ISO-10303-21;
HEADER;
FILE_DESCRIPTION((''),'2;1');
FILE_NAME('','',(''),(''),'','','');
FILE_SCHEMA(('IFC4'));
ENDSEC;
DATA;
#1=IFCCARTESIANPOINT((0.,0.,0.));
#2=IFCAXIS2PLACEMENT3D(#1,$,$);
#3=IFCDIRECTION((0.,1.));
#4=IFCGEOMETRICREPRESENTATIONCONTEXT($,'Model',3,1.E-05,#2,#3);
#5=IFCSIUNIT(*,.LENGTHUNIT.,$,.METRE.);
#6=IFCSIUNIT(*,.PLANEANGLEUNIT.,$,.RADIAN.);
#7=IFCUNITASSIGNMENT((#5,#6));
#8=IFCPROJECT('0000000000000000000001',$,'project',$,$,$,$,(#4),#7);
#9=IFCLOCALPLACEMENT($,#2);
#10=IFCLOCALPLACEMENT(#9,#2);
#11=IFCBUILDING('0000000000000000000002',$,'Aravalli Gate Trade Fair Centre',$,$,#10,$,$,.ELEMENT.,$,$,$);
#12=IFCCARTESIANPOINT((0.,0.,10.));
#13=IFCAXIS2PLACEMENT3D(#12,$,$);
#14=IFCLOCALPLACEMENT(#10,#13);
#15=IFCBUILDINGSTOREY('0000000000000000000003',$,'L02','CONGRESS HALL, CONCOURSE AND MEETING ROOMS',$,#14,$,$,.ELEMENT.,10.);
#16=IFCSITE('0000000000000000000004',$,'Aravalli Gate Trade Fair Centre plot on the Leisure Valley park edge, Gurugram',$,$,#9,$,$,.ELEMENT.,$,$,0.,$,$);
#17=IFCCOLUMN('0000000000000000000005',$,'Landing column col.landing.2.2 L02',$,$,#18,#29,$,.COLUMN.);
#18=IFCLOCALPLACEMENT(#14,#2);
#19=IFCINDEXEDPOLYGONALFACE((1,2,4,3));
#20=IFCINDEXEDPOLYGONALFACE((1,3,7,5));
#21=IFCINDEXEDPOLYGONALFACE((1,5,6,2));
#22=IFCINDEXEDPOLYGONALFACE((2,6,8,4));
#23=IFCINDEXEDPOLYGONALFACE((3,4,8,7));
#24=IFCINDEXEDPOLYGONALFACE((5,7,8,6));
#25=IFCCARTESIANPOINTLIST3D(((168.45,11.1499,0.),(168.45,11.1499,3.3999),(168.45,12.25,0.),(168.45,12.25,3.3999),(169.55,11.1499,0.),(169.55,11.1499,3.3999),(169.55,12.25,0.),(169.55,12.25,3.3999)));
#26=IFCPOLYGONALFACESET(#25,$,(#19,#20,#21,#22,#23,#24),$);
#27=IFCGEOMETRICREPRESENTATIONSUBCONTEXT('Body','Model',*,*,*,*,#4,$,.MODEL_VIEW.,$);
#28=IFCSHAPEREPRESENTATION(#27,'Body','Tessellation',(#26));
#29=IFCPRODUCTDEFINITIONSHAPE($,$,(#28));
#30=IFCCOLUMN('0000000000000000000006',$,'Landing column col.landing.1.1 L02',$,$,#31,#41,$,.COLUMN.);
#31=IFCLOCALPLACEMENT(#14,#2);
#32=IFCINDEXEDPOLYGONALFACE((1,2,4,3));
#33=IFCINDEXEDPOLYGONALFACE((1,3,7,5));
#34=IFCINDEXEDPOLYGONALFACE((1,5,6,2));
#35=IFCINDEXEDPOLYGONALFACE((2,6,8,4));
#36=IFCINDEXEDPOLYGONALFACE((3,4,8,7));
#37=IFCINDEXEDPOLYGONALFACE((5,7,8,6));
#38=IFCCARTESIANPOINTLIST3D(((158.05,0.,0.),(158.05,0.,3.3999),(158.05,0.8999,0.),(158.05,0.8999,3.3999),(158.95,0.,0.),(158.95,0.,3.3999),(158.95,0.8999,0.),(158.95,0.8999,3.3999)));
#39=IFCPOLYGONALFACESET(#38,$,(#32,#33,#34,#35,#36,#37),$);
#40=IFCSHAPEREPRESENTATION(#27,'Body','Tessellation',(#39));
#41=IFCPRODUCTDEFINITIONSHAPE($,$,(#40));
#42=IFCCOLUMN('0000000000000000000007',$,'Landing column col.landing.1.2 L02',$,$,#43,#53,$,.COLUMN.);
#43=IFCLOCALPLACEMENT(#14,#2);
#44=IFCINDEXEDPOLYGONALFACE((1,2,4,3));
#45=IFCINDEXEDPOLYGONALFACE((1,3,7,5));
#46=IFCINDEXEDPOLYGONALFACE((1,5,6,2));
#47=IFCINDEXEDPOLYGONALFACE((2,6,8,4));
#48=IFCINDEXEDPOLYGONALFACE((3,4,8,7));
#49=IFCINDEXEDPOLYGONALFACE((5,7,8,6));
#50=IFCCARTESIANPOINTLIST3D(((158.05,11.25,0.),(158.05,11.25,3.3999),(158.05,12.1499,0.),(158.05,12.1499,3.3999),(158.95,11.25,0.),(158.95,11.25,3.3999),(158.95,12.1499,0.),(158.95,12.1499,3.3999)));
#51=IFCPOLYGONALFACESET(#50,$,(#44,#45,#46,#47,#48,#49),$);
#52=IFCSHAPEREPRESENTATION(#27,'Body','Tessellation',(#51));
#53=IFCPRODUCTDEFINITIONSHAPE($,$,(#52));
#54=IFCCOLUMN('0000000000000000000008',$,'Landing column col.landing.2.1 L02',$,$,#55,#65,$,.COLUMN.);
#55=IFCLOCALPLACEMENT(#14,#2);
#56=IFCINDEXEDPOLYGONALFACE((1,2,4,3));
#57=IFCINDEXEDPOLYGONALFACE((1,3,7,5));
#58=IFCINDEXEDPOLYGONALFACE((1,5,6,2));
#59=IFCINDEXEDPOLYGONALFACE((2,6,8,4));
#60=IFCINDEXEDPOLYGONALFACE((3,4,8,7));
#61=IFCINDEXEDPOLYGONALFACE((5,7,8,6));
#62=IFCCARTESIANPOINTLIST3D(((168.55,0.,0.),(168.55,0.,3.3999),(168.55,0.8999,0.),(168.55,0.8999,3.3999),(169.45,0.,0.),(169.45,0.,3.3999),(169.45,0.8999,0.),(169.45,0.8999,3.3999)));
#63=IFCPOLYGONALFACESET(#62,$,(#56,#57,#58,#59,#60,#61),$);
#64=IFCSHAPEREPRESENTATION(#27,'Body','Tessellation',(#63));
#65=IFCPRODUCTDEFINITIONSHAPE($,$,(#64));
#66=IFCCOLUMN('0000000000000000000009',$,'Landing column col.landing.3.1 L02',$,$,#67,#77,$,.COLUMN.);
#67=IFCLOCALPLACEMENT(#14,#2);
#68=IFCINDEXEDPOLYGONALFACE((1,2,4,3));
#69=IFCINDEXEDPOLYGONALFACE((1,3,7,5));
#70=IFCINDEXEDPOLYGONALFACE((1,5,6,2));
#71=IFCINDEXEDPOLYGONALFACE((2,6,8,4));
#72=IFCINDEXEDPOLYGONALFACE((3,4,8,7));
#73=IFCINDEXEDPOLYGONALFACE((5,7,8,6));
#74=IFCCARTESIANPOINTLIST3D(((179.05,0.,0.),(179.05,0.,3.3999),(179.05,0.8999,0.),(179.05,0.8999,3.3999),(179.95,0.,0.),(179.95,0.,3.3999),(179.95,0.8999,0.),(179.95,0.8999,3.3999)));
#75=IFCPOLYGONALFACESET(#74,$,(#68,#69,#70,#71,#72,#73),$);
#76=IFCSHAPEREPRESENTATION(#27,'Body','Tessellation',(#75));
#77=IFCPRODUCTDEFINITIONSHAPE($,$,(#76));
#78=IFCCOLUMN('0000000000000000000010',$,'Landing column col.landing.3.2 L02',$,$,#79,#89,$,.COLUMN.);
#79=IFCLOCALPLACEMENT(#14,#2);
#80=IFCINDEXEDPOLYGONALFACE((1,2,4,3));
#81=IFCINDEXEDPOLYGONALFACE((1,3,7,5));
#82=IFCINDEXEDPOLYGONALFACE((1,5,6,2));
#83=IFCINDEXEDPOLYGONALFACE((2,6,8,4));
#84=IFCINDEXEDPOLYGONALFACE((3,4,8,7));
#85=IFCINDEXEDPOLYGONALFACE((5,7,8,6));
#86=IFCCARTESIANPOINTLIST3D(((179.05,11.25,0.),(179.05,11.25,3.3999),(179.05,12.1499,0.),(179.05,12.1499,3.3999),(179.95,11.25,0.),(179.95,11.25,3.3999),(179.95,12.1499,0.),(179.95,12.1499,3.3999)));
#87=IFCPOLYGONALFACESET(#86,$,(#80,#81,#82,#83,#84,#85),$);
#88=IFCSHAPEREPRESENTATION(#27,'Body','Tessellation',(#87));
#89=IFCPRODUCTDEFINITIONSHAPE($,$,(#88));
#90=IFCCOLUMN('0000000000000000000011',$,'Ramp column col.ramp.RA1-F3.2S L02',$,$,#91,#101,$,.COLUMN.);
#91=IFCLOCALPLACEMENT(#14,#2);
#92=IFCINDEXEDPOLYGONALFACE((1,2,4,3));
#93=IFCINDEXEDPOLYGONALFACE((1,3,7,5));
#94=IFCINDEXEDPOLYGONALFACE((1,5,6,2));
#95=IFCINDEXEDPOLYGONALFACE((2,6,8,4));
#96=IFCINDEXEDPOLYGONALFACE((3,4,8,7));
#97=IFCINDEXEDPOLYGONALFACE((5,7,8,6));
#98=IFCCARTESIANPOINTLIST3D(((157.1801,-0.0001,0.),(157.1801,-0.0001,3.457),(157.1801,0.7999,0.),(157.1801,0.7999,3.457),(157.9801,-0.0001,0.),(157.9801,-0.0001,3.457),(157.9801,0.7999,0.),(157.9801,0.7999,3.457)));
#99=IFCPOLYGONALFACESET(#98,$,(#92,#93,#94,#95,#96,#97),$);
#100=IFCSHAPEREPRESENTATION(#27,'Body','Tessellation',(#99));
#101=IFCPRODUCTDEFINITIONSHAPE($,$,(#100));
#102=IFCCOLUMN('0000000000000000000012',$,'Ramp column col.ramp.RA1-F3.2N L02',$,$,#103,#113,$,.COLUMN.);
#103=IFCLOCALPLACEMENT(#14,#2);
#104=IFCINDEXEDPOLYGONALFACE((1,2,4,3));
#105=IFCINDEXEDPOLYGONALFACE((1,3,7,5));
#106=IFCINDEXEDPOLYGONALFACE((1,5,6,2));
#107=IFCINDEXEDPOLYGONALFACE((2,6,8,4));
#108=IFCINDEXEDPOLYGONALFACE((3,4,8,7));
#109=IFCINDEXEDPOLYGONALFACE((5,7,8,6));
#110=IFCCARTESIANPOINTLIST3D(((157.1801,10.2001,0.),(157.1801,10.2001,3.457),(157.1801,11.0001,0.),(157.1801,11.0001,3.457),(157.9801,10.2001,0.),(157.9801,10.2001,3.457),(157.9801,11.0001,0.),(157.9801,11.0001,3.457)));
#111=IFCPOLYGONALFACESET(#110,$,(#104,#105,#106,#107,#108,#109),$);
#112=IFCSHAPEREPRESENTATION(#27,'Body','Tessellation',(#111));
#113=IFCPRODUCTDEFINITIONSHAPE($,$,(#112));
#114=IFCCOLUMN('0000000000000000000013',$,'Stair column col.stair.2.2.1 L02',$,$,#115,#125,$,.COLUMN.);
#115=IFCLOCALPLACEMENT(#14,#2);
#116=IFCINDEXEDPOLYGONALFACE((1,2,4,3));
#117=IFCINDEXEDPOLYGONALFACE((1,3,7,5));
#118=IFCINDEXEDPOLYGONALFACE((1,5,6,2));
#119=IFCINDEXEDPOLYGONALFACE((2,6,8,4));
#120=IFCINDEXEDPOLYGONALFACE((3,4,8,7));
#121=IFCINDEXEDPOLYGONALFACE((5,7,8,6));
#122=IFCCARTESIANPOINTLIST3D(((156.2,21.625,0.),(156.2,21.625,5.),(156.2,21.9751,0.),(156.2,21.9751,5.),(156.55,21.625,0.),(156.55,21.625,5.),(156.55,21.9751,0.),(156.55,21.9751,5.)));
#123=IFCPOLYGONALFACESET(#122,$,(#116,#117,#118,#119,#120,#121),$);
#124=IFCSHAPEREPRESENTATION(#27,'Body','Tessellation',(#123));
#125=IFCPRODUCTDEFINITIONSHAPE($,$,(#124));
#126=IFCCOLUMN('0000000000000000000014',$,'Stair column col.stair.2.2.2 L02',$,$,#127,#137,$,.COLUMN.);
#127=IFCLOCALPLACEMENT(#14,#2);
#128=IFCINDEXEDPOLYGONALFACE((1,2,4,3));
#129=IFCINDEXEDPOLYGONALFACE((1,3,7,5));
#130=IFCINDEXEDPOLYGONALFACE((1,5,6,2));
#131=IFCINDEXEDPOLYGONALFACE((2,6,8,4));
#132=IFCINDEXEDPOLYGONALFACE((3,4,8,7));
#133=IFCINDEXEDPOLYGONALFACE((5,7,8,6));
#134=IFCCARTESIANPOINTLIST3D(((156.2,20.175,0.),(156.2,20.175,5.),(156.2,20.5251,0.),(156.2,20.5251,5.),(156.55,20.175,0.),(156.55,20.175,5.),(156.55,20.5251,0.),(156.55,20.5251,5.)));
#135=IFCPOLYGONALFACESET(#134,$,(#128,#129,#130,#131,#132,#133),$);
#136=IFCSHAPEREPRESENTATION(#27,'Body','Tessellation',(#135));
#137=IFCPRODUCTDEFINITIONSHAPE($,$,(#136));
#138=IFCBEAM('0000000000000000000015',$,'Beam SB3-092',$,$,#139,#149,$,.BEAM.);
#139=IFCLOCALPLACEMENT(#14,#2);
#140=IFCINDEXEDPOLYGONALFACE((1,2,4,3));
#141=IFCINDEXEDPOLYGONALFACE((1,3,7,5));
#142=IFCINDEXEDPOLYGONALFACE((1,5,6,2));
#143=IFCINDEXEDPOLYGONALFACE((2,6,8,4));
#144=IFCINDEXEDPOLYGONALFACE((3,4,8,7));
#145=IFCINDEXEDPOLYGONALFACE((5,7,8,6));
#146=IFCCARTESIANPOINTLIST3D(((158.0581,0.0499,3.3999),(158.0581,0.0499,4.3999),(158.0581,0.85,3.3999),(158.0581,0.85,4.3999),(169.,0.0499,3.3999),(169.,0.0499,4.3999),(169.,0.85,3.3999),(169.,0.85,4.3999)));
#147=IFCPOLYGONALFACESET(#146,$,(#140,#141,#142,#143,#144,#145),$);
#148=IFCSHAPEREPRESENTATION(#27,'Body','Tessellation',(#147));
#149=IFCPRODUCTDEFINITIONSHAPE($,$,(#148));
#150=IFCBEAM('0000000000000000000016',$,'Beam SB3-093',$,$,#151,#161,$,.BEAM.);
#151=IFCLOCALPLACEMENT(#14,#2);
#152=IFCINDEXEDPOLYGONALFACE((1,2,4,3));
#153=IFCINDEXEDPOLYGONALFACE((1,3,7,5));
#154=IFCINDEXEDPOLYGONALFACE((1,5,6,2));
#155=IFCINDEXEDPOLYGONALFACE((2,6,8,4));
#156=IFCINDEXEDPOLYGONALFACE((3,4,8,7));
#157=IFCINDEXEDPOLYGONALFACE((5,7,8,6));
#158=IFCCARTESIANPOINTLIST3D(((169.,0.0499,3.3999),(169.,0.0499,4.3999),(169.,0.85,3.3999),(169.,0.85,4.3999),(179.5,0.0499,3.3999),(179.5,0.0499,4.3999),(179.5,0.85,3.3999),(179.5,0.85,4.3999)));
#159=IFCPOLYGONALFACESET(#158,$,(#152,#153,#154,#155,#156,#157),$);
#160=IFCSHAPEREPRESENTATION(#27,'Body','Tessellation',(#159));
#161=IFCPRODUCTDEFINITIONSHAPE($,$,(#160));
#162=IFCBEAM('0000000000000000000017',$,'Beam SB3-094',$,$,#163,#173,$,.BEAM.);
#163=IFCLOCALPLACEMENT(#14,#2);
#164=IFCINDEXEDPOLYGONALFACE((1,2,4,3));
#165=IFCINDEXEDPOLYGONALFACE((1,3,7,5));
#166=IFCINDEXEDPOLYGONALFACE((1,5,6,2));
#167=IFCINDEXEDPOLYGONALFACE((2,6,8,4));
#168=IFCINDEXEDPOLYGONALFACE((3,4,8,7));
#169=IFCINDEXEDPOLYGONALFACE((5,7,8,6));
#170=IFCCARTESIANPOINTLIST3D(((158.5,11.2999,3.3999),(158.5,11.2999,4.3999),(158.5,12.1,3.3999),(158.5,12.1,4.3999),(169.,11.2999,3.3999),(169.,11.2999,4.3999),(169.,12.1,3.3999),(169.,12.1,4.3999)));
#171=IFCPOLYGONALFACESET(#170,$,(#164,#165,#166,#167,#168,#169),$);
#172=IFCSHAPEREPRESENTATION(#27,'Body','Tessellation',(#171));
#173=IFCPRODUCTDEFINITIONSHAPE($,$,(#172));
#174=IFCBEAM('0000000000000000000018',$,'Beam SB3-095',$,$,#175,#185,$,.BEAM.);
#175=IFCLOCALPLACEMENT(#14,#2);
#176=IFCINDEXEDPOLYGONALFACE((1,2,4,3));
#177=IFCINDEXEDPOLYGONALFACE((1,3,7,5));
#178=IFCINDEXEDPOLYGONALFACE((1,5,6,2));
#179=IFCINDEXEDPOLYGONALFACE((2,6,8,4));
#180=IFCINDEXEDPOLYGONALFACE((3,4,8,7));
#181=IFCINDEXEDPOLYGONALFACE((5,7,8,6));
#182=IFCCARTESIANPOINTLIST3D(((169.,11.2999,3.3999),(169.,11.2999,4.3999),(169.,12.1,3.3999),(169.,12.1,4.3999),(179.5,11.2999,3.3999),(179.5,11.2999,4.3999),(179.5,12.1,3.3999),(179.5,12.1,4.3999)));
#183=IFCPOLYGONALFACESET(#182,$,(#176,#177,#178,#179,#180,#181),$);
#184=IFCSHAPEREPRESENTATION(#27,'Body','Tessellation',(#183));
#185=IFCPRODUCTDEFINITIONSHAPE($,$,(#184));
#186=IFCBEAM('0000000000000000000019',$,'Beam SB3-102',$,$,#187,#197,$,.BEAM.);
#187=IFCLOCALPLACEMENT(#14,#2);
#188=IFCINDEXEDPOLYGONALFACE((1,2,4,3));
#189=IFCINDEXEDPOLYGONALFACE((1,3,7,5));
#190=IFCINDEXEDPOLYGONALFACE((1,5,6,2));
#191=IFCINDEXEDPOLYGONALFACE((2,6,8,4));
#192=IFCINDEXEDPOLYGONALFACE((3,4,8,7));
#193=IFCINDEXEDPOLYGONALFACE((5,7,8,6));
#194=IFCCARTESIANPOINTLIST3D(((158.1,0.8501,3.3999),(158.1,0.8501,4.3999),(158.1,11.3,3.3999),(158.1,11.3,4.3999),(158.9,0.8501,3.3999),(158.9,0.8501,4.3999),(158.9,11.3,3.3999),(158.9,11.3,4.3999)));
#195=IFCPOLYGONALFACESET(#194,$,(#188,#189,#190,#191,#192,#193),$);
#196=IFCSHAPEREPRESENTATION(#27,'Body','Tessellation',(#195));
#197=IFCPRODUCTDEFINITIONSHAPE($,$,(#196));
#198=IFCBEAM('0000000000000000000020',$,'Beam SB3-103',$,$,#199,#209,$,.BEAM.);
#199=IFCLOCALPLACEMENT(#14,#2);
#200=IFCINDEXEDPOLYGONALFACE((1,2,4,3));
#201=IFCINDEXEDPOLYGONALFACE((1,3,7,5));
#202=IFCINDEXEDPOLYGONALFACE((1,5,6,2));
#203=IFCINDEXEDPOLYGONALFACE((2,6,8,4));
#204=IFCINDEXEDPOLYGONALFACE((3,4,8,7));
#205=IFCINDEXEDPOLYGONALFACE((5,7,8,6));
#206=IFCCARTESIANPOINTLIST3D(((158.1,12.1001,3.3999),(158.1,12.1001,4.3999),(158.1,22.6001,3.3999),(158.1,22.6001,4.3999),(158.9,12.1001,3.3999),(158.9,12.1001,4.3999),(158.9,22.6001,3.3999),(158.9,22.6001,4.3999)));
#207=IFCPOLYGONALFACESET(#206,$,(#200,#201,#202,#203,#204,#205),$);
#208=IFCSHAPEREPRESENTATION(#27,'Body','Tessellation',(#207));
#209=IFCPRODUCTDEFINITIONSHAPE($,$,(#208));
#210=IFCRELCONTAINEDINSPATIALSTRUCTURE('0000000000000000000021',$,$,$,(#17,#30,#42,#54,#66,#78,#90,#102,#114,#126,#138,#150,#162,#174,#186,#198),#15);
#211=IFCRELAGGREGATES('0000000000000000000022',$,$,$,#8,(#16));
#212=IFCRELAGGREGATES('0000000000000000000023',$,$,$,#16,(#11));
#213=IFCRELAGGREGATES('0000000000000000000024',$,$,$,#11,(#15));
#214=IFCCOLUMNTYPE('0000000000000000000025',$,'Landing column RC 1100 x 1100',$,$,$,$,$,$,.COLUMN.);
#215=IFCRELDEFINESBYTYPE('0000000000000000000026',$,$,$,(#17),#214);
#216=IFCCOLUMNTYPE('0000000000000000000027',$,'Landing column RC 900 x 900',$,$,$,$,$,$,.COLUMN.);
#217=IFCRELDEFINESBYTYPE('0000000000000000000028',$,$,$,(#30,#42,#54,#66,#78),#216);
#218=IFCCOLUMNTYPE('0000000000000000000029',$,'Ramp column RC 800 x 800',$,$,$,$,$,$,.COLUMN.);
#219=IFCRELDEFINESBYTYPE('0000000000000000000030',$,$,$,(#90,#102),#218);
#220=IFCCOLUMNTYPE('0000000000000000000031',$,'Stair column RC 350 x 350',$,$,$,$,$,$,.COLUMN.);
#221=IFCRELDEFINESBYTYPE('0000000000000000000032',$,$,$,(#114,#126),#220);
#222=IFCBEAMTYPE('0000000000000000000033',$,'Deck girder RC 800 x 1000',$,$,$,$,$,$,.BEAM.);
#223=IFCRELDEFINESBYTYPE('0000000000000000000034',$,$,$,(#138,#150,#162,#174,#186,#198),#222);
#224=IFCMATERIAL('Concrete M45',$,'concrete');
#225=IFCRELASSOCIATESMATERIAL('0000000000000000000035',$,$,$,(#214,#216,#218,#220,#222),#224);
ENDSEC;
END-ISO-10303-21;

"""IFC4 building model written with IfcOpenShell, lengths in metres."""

from ifc_helpers import new_model, si_unit, direction, frame, origin, origin_2d, place, context, subcontext, project, spatial, rectangle, extrude, material, material_profile, profile_set, type_object, element, save


model = new_model("IFC4")

# Units and contexts
model_context = context("Model", 3, precision=1e-05, world=origin(), true_north=direction((0.0, 1.0)))
body_context = subcontext(model_context, "Body", "Model", "MODEL_VIEW")
ifc_project = project(units=[si_unit("LENGTHUNIT", "METRE"), si_unit("PLANEANGLEUNIT", "RADIAN")], contexts=[model_context])

# Site, building, storey
site_placement = place(None, origin())
site = spatial("IfcSite", under=ifc_project, at=site_placement, Name="Aravalli Gate Trade Fair Centre plot on the Leisure Valley park edge, Gurugram", CompositionType="ELEMENT", RefElevation=0.0)
building_placement = place(site_placement, origin())
building = spatial("IfcBuilding", under=site, at=building_placement, Name="Aravalli Gate Trade Fair Centre", CompositionType="ELEMENT")
storey_placement = place(building_placement, frame((0.0, 0.0, 10.0)))
storey = spatial("IfcBuildingStorey", under=building, at=storey_placement, Name="L02", Description="CONGRESS HALL, CONCOURSE AND MEETING ROOMS", CompositionType="ELEMENT", Elevation=10.0)

# Columns
ifc_material = material(Name="Concrete M45", Category="concrete")
ifc_material_profile_1 = material_profile(ifc_material, rectangle(XDim=1.1001, YDim=1.1001, at=origin_2d()), Name="Landing column RC 1100 x 1100")
ifc_profile_set_1 = profile_set([ifc_material_profile_1], Name="Concrete M45")
column_type_1 = type_object("IfcColumnType", Name="Landing column RC 1100 x 1100", PredefinedType="COLUMN", material=ifc_profile_set_1)
column_placement = place(storey_placement, frame((169.0, 11.7, 0.0), z_axis=(0.0, 0.0, 1.0), x_axis=(1.0, 0.0, 0.0)))
element("IfcColumn", 1, at=column_placement, inside=storey, type_object=column_type_1, Name="Landing column col.landing.2.2 L02", PredefinedType="COLUMN", context=body_context, shape_type="SweptSolid", body=[
    extrude(rectangle(XDim=1.1001, YDim=1.1001, at=origin_2d()), origin(), (0.0, 0.0, 1.0), 3.3999),
])
ifc_material_profile_2 = material_profile(ifc_material, rectangle(XDim=0.8999, YDim=0.8999, at=origin_2d()), Name="Landing column RC 900 x 900")
ifc_profile_set_2 = profile_set([ifc_material_profile_2], Name="Concrete M45")
column_type_2 = type_object("IfcColumnType", Name="Landing column RC 900 x 900", PredefinedType="COLUMN", material=ifc_profile_set_2)
for number, where, z_axis, x_axis, name in (
    (2, (158.5, 0.45, 0.0), (0.0, 0.0, 1.0), (1.0, 0.0, 0.0), "Landing column col.landing.1.1 L02"),
    (3, (158.5, 11.7, 0.0), (0.0, 0.0, 1.0), (1.0, 0.0, 0.0), "Landing column col.landing.1.2 L02"),
    (4, (169.0, 0.45, 0.0), (0.0, 0.0, 1.0), (1.0, 0.0, 0.0), "Landing column col.landing.2.1 L02"),
    (5, (179.5, 0.45, 0.0), (0.0, 0.0, 1.0), (1.0, 0.0, 0.0), "Landing column col.landing.3.1 L02"),
    (6, (179.5, 11.7, 0.0), (0.0, 0.0, 1.0), (1.0, 0.0, 0.0), "Landing column col.landing.3.2 L02"),
):
    element("IfcColumn", number, at=place(storey_placement, frame(where, z_axis=z_axis, x_axis=x_axis)), inside=storey, type_object=column_type_2, Name=name, PredefinedType="COLUMN", context=body_context, shape_type="SweptSolid", body=[
        extrude(rectangle(XDim=0.8999, YDim=0.8999, at=origin_2d()), origin(), (0.0, 0.0, 1.0), 3.3999),
    ])
ifc_material_profile_3 = material_profile(ifc_material, rectangle(XDim=0.8, YDim=0.8, at=origin_2d()), Name="Ramp column RC 800 x 800")
ifc_profile_set_3 = profile_set([ifc_material_profile_3], Name="Concrete M45")
column_type_3 = type_object("IfcColumnType", Name="Ramp column RC 800 x 800", PredefinedType="COLUMN", material=ifc_profile_set_3)
for number, where, z_axis, x_axis, name in (
    (7, (157.5801, 0.3999, 0.0), (0.0, 0.0, 1.0), (1.0, 0.0, 0.0), "Ramp column col.ramp.RA1-F3.2S L02"),
    (8, (157.5801, 10.6001, 0.0), (0.0, 0.0, 1.0), (1.0, 0.0, 0.0), "Ramp column col.ramp.RA1-F3.2N L02"),
):
    element("IfcColumn", number, at=place(storey_placement, frame(where, z_axis=z_axis, x_axis=x_axis)), inside=storey, type_object=column_type_3, Name=name, PredefinedType="COLUMN", context=body_context, shape_type="SweptSolid", body=[
        extrude(rectangle(XDim=0.8, YDim=0.8, at=origin_2d()), origin(), (0.0, 0.0, 1.0), 3.457),
    ])
ifc_material_profile_4 = material_profile(ifc_material, rectangle(XDim=0.3501, YDim=0.3501, at=origin_2d()), Name="Stair column RC 350 x 350")
ifc_profile_set_4 = profile_set([ifc_material_profile_4], Name="Concrete M45")
column_type_4 = type_object("IfcColumnType", Name="Stair column RC 350 x 350", PredefinedType="COLUMN", material=ifc_profile_set_4)
for number, where, z_axis, x_axis, name in (
    (9, (156.375, 21.8, 0.0), (0.0, 0.0, 1.0), (1.0, 0.0, 0.0), "Stair column col.stair.2.2.1 L02"),
    (10, (156.375, 20.3501, 0.0), (0.0, 0.0, 1.0), (1.0, 0.0, 0.0), "Stair column col.stair.2.2.2 L02"),
):
    element("IfcColumn", number, at=place(storey_placement, frame(where, z_axis=z_axis, x_axis=x_axis)), inside=storey, type_object=column_type_4, Name=name, PredefinedType="COLUMN", context=body_context, shape_type="SweptSolid", body=[
        extrude(rectangle(XDim=0.3501, YDim=0.3501, at=origin_2d()), origin(), (0.0, 0.0, 1.0), 5.0),
    ])

# Beams
ifc_material_profile_5 = material_profile(ifc_material, rectangle(XDim=0.8, YDim=1.0, at=origin_2d()), Name="Deck girder RC 800 x 1000")
ifc_profile_set_5 = profile_set([ifc_material_profile_5], Name="Concrete M45")
beam_type_1 = type_object("IfcBeamType", Name="Deck girder RC 800 x 1000", PredefinedType="BEAM", material=ifc_profile_set_5)
beam_1_placement = place(storey_placement, frame((158.0581, 0.45, 3.8999), z_axis=(1.0, 0.0, 0.0), x_axis=(0.0, 1.0, 0.0)))
element("IfcBeam", 11, at=beam_1_placement, inside=storey, type_object=beam_type_1, Name="Beam SB3-092", PredefinedType="BEAM", context=body_context, shape_type="SweptSolid", body=[
    extrude(rectangle(XDim=0.8, YDim=1.0, at=origin_2d()), origin(), (0.0, 0.0, 1.0), 10.9419),
])
for number, where, z_axis, x_axis, name in (
    (12, (169.0, 0.45, 3.8999), (1.0, 0.0, 0.0), (0.0, 1.0, 0.0), "Beam SB3-093"),
    (13, (158.5, 11.7, 3.8999), (1.0, 0.0, 0.0), (0.0, 1.0, 0.0), "Beam SB3-094"),
    (14, (169.0, 11.7, 3.8999), (1.0, 0.0, 0.0), (0.0, 1.0, 0.0), "Beam SB3-095"),
):
    element("IfcBeam", number, at=place(storey_placement, frame(where, z_axis=z_axis, x_axis=x_axis)), inside=storey, type_object=beam_type_1, Name=name, PredefinedType="BEAM", context=body_context, shape_type="SweptSolid", body=[
        extrude(rectangle(XDim=0.8, YDim=1.0, at=origin_2d()), origin(), (0.0, 0.0, 1.0), 10.5),
    ])
beam_2_placement = place(storey_placement, frame((158.5, 0.8501, 3.8999), z_axis=(0.0, 1.0, 0.0), x_axis=(-1.0, 0.0, 0.0)))
element("IfcBeam", 15, at=beam_2_placement, inside=storey, type_object=beam_type_1, Name="Beam SB3-102", PredefinedType="BEAM", context=body_context, shape_type="SweptSolid", body=[
    extrude(rectangle(XDim=0.8, YDim=1.0, at=origin_2d()), origin(), (0.0, 0.0, 1.0), 10.45),
])
beam_3_placement = place(storey_placement, frame((158.5, 12.1001, 3.8999), z_axis=(0.0, 1.0, 0.0), x_axis=(-1.0, 0.0, 0.0)))
element("IfcBeam", 16, at=beam_3_placement, inside=storey, type_object=beam_type_1, Name="Beam SB3-103", PredefinedType="BEAM", context=body_context, shape_type="SweptSolid", body=[
    extrude(rectangle(XDim=0.8, YDim=1.0, at=origin_2d()), origin(), (0.0, 0.0, 1.0), 10.5),
])

save(model, "model.ifc")
